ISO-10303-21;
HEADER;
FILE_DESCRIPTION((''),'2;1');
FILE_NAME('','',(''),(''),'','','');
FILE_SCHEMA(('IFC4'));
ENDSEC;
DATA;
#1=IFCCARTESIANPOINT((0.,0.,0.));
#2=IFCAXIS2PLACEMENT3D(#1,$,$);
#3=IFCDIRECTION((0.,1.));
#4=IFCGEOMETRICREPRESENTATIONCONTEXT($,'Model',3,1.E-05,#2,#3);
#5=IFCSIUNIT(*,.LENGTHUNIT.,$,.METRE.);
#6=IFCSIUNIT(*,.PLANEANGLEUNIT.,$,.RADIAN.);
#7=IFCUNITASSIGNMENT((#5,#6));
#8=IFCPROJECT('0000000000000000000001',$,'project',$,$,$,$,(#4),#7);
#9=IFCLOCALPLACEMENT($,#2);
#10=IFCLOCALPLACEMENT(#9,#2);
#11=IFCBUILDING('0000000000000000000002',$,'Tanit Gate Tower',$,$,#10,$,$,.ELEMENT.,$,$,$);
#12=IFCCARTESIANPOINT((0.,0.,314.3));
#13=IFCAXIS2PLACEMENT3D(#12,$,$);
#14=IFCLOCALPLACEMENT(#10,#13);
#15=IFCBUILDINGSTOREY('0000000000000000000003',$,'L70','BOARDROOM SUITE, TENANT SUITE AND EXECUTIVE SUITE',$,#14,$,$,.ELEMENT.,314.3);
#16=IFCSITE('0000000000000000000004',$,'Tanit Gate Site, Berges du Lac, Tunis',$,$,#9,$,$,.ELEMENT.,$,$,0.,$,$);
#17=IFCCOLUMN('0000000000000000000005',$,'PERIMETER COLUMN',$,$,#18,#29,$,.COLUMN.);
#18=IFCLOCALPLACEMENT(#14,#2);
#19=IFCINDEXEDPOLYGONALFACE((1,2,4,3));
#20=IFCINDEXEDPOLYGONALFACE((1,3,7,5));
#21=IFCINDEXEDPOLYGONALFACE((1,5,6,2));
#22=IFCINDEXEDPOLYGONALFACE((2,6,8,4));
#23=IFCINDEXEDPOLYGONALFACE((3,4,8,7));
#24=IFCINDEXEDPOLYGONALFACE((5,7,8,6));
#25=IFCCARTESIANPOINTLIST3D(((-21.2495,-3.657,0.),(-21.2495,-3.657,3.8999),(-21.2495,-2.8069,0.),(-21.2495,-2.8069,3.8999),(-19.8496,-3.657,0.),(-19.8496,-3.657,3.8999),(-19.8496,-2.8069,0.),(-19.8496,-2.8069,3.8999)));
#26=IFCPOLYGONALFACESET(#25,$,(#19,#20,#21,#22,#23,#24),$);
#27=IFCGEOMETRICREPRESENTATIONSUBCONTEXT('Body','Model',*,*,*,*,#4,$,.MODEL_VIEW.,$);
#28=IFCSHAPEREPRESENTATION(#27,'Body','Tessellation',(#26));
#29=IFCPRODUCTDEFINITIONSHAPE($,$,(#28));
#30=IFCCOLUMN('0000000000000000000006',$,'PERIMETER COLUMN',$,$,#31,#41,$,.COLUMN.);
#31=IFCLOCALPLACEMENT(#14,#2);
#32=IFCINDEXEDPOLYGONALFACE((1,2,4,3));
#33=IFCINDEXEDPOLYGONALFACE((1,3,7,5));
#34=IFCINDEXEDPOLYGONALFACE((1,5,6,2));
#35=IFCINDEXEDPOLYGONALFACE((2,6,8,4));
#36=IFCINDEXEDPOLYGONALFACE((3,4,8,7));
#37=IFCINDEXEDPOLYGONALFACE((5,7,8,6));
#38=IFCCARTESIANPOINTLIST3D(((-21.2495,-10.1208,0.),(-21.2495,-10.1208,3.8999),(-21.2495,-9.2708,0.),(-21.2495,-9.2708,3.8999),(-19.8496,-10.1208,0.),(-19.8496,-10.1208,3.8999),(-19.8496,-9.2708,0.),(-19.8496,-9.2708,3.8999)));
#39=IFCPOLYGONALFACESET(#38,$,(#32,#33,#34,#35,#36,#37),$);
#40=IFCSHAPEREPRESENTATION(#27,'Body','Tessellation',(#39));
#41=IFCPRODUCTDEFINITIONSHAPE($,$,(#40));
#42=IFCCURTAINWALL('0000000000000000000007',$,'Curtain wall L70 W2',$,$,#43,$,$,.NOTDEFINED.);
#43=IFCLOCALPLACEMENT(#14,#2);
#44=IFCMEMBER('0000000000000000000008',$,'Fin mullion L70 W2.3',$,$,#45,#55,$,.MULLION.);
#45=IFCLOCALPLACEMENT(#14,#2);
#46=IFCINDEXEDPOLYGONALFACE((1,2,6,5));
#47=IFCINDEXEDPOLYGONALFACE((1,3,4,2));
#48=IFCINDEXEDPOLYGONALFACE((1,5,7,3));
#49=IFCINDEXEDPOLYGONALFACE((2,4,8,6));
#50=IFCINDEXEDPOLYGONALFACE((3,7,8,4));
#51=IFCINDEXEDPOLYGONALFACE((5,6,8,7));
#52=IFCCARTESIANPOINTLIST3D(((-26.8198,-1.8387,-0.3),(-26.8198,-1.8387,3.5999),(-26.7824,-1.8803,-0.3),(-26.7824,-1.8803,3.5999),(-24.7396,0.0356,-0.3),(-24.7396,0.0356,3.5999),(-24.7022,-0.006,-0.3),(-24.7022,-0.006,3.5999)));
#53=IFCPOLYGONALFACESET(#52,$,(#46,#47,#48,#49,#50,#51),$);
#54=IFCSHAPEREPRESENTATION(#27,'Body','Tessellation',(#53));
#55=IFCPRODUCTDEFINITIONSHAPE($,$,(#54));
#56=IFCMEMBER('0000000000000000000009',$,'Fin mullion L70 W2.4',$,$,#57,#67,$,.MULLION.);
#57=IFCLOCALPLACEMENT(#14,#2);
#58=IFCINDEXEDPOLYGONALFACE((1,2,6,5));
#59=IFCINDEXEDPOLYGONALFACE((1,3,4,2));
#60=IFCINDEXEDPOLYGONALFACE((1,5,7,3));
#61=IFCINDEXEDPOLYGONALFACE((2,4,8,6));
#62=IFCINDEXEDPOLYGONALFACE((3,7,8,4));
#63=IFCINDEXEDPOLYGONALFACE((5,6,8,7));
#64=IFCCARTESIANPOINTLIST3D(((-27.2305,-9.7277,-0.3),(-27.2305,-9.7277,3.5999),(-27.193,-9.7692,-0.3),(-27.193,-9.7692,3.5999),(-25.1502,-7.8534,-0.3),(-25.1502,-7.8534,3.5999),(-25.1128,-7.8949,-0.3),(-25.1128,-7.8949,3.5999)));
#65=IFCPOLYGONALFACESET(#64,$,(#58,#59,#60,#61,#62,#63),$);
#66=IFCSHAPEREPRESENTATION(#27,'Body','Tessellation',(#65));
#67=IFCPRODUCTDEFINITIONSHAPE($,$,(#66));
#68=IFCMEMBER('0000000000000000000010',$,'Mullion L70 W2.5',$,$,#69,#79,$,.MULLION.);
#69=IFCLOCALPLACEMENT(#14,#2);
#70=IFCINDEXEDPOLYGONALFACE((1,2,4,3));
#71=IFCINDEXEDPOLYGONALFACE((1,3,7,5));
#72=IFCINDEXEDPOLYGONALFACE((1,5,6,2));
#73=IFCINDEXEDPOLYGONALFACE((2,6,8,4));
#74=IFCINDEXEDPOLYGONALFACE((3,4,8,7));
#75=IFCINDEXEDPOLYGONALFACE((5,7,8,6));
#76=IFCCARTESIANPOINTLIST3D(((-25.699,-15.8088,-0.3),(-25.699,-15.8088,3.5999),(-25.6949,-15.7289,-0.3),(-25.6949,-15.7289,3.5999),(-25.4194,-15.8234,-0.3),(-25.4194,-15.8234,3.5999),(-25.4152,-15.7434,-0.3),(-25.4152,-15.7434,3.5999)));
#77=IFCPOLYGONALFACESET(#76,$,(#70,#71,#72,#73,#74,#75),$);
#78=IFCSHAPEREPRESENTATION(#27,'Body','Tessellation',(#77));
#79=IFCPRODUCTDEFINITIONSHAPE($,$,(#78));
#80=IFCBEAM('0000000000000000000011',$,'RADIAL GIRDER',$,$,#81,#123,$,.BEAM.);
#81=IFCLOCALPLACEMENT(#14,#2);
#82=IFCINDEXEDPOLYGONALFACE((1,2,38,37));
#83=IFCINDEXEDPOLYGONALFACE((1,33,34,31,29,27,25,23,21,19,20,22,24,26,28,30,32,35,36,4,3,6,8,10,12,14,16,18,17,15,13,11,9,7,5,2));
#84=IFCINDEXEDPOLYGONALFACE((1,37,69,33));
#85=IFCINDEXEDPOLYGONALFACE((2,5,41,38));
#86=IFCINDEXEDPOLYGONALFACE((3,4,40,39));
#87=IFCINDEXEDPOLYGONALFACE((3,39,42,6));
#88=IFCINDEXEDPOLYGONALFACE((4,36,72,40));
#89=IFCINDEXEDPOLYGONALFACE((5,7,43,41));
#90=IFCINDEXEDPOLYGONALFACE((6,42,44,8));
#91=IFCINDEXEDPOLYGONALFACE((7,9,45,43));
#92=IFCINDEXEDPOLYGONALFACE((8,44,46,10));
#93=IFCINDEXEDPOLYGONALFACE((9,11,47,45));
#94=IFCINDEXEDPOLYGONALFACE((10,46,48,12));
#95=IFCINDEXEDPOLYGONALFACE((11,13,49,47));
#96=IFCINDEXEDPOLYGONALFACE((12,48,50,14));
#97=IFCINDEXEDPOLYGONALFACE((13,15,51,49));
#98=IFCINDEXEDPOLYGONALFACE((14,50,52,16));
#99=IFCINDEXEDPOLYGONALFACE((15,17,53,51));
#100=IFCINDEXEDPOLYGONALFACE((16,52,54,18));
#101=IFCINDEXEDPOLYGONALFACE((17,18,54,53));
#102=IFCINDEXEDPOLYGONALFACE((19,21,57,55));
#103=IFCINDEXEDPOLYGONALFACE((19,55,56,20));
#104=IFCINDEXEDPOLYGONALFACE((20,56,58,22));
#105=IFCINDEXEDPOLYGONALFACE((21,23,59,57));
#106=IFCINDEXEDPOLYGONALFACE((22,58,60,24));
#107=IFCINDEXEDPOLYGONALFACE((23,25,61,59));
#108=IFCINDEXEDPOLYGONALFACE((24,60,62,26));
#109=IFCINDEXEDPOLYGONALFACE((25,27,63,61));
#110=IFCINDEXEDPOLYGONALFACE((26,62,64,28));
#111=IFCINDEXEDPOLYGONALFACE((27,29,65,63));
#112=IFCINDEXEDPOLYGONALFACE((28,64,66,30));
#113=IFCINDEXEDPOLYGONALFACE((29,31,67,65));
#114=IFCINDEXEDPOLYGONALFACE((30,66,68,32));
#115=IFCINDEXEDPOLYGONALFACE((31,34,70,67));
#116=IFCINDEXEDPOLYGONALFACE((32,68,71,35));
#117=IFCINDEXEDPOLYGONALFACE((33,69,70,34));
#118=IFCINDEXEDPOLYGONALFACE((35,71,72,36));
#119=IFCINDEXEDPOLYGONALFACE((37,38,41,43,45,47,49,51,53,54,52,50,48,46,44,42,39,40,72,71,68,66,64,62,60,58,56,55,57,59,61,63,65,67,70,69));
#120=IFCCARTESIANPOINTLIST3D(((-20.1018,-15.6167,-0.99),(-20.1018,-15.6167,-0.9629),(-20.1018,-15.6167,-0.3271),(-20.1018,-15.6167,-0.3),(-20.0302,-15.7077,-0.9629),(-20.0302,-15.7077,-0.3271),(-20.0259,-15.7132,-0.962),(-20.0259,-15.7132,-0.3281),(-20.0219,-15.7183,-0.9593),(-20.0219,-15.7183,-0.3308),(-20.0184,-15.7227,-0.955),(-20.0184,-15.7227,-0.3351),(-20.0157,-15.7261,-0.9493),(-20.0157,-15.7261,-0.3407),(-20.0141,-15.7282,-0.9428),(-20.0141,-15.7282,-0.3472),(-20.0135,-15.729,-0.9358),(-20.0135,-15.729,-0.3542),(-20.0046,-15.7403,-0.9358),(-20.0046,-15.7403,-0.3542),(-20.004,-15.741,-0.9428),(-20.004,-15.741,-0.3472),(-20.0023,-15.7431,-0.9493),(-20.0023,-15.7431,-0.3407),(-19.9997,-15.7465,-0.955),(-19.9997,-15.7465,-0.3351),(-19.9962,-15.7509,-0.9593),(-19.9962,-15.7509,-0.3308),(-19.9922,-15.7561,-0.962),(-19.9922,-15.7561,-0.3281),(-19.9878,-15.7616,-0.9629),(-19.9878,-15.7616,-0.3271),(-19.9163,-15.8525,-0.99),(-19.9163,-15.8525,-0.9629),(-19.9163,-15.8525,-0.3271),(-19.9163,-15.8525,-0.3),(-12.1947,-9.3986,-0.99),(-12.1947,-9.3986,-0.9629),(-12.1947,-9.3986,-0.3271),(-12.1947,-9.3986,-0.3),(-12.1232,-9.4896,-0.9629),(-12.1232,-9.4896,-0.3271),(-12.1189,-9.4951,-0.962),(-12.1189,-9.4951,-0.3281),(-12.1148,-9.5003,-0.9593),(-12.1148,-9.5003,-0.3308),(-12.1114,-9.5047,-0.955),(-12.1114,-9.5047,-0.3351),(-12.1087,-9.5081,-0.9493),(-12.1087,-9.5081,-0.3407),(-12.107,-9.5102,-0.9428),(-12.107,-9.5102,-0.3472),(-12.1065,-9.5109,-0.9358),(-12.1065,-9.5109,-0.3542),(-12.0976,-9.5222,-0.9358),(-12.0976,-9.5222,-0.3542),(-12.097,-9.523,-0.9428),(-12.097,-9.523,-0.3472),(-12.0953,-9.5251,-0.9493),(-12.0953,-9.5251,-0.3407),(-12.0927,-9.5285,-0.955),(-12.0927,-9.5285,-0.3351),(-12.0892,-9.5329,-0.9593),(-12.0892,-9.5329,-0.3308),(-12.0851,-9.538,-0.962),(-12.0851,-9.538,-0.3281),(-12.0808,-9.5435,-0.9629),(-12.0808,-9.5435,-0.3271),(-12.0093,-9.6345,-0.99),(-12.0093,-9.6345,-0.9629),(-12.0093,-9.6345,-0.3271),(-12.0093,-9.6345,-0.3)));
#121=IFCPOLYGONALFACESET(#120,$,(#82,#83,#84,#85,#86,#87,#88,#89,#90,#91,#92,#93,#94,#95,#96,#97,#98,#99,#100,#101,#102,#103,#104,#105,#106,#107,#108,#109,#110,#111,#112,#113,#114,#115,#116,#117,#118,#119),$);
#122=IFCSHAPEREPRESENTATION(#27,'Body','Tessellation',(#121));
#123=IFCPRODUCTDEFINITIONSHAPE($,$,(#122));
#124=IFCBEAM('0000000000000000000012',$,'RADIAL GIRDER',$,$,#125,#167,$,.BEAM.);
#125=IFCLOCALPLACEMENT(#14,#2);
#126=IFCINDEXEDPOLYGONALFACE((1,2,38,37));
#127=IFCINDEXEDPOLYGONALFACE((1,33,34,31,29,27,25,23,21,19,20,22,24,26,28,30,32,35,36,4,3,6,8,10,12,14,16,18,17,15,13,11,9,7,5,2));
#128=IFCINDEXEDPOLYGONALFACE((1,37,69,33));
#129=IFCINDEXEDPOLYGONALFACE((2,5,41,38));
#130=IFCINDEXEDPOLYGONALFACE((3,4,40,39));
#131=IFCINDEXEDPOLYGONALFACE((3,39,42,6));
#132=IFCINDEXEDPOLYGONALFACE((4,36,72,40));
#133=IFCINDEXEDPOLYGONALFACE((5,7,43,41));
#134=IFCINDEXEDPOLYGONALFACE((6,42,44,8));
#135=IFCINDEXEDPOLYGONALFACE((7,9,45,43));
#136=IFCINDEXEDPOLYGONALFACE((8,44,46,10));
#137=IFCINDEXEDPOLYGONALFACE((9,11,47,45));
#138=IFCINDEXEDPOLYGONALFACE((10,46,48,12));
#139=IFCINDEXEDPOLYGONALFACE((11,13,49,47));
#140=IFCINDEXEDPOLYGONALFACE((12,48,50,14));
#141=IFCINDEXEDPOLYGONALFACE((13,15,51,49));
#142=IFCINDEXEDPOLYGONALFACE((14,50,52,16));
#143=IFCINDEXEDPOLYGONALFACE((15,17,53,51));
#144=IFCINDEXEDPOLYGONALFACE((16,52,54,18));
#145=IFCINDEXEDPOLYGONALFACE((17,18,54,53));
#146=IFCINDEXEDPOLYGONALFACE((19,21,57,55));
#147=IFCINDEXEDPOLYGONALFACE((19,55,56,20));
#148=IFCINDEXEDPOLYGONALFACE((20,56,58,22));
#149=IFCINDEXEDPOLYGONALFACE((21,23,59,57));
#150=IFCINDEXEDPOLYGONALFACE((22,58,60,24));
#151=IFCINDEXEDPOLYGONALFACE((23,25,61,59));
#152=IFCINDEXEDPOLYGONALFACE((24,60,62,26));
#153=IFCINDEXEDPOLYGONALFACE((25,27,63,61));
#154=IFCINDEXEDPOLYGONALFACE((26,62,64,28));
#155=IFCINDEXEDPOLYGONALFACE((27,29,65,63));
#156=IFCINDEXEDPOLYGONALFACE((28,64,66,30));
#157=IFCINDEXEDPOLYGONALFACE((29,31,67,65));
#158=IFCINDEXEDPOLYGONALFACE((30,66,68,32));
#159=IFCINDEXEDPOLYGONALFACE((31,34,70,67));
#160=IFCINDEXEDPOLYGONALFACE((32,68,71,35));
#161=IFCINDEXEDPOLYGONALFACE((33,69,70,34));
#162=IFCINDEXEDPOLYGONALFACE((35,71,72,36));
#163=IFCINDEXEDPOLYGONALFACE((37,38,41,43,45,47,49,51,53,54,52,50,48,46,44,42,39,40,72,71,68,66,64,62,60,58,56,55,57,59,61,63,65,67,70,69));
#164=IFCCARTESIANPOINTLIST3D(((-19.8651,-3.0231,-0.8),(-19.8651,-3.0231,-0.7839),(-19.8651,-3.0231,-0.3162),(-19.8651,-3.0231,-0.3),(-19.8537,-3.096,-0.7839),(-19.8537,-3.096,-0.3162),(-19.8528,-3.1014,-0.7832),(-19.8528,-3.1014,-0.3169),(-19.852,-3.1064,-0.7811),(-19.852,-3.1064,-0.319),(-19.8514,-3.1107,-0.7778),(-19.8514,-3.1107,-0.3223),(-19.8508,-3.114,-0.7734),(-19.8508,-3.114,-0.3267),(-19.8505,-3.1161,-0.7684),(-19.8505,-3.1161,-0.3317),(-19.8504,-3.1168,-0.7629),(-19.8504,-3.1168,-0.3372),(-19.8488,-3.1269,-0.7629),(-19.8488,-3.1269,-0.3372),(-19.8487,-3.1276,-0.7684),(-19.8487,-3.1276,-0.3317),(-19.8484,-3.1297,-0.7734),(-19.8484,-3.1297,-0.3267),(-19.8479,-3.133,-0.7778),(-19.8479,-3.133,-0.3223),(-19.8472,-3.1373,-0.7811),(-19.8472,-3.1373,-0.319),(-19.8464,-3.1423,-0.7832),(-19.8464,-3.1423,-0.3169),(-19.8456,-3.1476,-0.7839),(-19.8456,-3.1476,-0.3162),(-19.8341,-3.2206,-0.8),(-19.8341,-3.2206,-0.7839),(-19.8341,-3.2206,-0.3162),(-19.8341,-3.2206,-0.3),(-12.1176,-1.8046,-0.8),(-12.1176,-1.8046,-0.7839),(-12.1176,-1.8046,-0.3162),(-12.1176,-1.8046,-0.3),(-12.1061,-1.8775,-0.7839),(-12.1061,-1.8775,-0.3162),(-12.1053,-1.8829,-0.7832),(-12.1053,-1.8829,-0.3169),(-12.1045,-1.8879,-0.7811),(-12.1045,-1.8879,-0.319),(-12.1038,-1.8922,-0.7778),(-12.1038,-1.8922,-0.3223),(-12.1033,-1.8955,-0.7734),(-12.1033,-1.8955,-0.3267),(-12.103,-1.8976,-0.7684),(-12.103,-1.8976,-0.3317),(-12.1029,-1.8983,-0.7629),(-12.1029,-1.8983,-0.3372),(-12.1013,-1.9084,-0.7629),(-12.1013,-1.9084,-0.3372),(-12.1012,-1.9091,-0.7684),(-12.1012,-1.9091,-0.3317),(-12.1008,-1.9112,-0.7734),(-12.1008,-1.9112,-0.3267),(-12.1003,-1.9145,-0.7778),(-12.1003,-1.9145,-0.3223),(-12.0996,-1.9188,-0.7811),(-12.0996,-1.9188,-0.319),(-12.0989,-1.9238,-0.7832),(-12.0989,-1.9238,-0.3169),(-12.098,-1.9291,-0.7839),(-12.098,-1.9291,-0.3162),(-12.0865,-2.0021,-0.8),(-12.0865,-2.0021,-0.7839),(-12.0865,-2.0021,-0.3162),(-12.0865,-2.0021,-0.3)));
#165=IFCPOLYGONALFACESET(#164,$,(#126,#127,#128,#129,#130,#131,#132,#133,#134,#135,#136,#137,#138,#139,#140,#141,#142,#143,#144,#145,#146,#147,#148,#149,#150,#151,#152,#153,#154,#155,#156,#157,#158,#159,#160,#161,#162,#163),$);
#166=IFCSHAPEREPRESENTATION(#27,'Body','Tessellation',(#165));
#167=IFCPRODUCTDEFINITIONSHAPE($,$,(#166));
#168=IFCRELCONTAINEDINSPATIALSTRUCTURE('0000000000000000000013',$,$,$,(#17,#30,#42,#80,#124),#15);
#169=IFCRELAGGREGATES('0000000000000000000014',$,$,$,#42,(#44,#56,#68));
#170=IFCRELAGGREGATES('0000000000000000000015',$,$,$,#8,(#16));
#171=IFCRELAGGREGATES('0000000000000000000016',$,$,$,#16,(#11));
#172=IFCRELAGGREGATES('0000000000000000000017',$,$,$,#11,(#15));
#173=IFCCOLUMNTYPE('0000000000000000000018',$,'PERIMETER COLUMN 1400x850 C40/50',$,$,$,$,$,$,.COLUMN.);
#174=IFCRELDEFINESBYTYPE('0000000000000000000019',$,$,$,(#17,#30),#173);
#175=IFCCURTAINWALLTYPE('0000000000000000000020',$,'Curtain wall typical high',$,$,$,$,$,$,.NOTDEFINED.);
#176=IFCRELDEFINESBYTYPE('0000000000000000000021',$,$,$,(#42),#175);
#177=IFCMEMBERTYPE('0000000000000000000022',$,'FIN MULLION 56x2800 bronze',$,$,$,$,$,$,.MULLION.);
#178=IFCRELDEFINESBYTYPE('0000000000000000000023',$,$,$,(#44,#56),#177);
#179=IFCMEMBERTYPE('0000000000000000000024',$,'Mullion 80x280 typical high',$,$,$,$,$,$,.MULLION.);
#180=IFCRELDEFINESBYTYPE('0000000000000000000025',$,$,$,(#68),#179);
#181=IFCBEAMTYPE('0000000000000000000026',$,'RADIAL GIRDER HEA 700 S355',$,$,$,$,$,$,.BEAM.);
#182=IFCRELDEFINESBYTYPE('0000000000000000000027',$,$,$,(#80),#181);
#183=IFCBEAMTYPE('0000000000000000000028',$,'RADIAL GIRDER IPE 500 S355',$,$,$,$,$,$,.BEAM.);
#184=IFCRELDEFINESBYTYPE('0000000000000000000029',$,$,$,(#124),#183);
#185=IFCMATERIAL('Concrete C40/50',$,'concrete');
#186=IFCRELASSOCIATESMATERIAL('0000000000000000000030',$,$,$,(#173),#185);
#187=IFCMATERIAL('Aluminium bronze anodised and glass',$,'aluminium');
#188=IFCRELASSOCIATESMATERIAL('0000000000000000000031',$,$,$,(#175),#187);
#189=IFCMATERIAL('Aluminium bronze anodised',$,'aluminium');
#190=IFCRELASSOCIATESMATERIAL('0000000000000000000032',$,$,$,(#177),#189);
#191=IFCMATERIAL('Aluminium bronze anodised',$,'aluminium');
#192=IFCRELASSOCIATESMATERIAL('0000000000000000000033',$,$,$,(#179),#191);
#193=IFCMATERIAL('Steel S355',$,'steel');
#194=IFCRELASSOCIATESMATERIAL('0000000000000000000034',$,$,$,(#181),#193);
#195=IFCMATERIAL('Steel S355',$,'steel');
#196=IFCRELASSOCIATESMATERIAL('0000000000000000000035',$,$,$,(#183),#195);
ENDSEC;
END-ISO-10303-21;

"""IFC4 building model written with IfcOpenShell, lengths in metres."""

from ifc_helpers import new_model, si_unit, direction, frame, origin, origin_2d, place, context, subcontext, project, spatial, rectangle, i_section, extrude, material, material_profile, profile_set, type_object, element, aggregate, save


model = new_model("IFC4")

# Units and contexts
model_context = context("Model", 3, precision=1e-05, world=origin(), true_north=direction((0.0, 1.0)))
body_context = subcontext(model_context, "Body", "Model", "MODEL_VIEW")
ifc_project = project(units=[si_unit("LENGTHUNIT", "METRE"), si_unit("PLANEANGLEUNIT", "RADIAN")], contexts=[model_context])

# Site, building, storey
site_placement = place(None, origin())
site = spatial("IfcSite", under=ifc_project, at=site_placement, Name="Tanit Gate Site, Berges du Lac, Tunis", CompositionType="ELEMENT", RefElevation=0.0)
building_placement = place(site_placement, origin())
building = spatial("IfcBuilding", under=site, at=building_placement, Name="Tanit Gate Tower", CompositionType="ELEMENT")
storey_placement = place(building_placement, frame((0.0, 0.0, 314.3)))
storey = spatial("IfcBuildingStorey", under=building, at=storey_placement, Name="L70", Description="BOARDROOM SUITE, TENANT SUITE AND EXECUTIVE SUITE", CompositionType="ELEMENT", Elevation=314.3)

# Columns
ifc_material_1 = material(Name="Concrete C40/50", Category="concrete")
ifc_material_profile_1 = material_profile(ifc_material_1, rectangle(XDim=1.3999, YDim=0.8501, at=origin_2d()), Name="RC 1400x850")
ifc_profile_set_1 = profile_set([ifc_material_profile_1], Name="Concrete C40/50")
column_type = type_object("IfcColumnType", Name="PERIMETER COLUMN 1400x850 C40/50", PredefinedType="COLUMN", material=ifc_profile_set_1)
for number, where, z_axis, x_axis, name in (
    (1, (-20.5496, -3.2319, 0.0), (0.0, 0.0, 1.0), (-1.0, 0.0, 0.0), "PERIMETER COLUMN"),
    (2, (-20.5496, -9.6958, 0.0), (0.0, 0.0, 1.0), (-1.0, 0.0, 0.0), "PERIMETER COLUMN"),
):
    element("IfcColumn", number, at=place(storey_placement, frame(where, z_axis=z_axis, x_axis=x_axis)), inside=storey, type_object=column_type, Name=name, PredefinedType="COLUMN", context=body_context, shape_type="SweptSolid", body=[
        extrude(rectangle(XDim=1.3999, YDim=0.8501, at=origin_2d()), origin(), (0.0, 0.0, 1.0), 3.8999),
    ])

# Curtain wall, members
ifc_material_2 = material(Name="Aluminium bronze anodised and glass", Category="aluminium")
curtain_wall_type = type_object("IfcCurtainWallType", Name="Curtain wall typical high", PredefinedType="NOTDEFINED", material=ifc_material_2)
curtain_wall_1_placement = place(storey_placement, origin())
curtain_wall_1 = element("IfcCurtainWall", 3, at=curtain_wall_1_placement, inside=storey, type_object=curtain_wall_type, Name="Curtain wall L70 W2", PredefinedType="NOTDEFINED")
ifc_material_3 = material(Name="Aluminium bronze anodised", Category="aluminium")
ifc_material_profile_2 = material_profile(ifc_material_3, rectangle(XDim=2.8, YDim=0.0559, at=origin_2d()), Name="56x2800 bronze fin mullion")
ifc_profile_set_2 = profile_set([ifc_material_profile_2], Name="Aluminium bronze anodised")
member_type_1 = type_object("IfcMemberType", Name="FIN MULLION 56x2800 bronze", PredefinedType="MULLION", material=ifc_profile_set_2)
member_1_placement = place(storey_placement, frame((-25.761, -0.9224, -0.3), z_axis=(0.0, 0.0, 1.0), x_axis=(0.742922, 0.669378, 0.0)))
member_1 = element("IfcMember", 4, at=member_1_placement, type_object=member_type_1, Name="Fin mullion L70 W2.3", PredefinedType="MULLION", context=body_context, shape_type="SweptSolid", body=[
    extrude(rectangle(XDim=2.8, YDim=0.0559, at=origin_2d()), origin(), (0.0, 0.0, 1.0), 3.8999),
])
member_2_placement = place(storey_placement, frame((-26.1716, -8.8113, -0.3), z_axis=(0.0, 0.0, 1.0), x_axis=(0.742922, 0.669378, 0.0)))
member_2 = element("IfcMember", 5, at=member_2_placement, type_object=member_type_1, Name="Fin mullion L70 W2.4", PredefinedType="MULLION", context=body_context, shape_type="SweptSolid", body=[
    extrude(rectangle(XDim=2.8, YDim=0.0559, at=origin_2d()), origin(), (0.0, 0.0, 1.0), 3.8999),
])
ifc_material_4 = material(Name="Aluminium bronze anodised", Category="aluminium")
ifc_material_profile_3 = material_profile(ifc_material_4, rectangle(XDim=0.28, YDim=0.0801, at=origin_2d()), Name="80x280 bronze mullion")
ifc_profile_set_3 = profile_set([ifc_material_profile_3], Name="Aluminium bronze anodised")
member_type_2 = type_object("IfcMemberType", Name="Mullion 80x280 typical high", PredefinedType="MULLION", material=ifc_profile_set_3)
member_3_placement = place(storey_placement, frame((-25.5571, -15.7761, -0.3), z_axis=(0.0, 0.0, 1.0), x_axis=(0.998647, -0.052003, 0.0)))
member_3 = element("IfcMember", 6, at=member_3_placement, type_object=member_type_2, Name="Mullion L70 W2.5", PredefinedType="MULLION", context=body_context, shape_type="SweptSolid", body=[
    extrude(rectangle(XDim=0.28, YDim=0.0801, at=origin_2d()), origin(), (0.0, 0.0, 1.0), 3.8999),
])

# Beams
ifc_material_5 = material(Name="Steel S355", Category="steel")
ifc_material_profile_4 = material_profile(ifc_material_5, i_section(OverallWidth=0.3, OverallDepth=0.6899, WebThickness=0.0144, FlangeThickness=0.0271, FilletRadius=0.0271, at=origin_2d()), Name="HEA 700")
ifc_profile_set_4 = profile_set([ifc_material_profile_4], Name="Steel S355")
beam_type_1 = type_object("IfcBeamType", Name="RADIAL GIRDER HEA 700 S355", PredefinedType="BEAM", material=ifc_profile_set_4)
beam_1_placement = place(storey_placement, frame((-20.009, -15.7346, -0.645), z_axis=(0.786058, 0.618153, 0.0), x_axis=(-0.618153, 0.786058, 0.0)))
element("IfcBeam", 7, at=beam_1_placement, inside=storey, type_object=beam_type_1, Name="RADIAL GIRDER", PredefinedType="BEAM", context=body_context, shape_type="SweptSolid", body=[
    extrude(i_section(OverallWidth=0.3, OverallDepth=0.6899, WebThickness=0.0144, FlangeThickness=0.0271, FilletRadius=0.0271, at=origin_2d()), origin(), (0.0, 0.0, 1.0), 10.0591),
])
ifc_material_6 = material(Name="Steel S355", Category="steel")
ifc_material_profile_5 = material_profile(ifc_material_6, i_section(OverallWidth=0.2, OverallDepth=0.5, WebThickness=0.0103, FlangeThickness=0.0161, FilletRadius=0.021, at=origin_2d()), Name="IPE 500")
ifc_profile_set_5 = profile_set([ifc_material_profile_5], Name="Steel S355")
beam_type_2 = type_object("IfcBeamType", Name="RADIAL GIRDER IPE 500 S355", PredefinedType="BEAM", material=ifc_profile_set_5)
beam_2_placement = place(storey_placement, frame((-19.8496, -3.1218, -0.55), z_axis=(0.987857, 0.155366, 0.0), x_axis=(-0.155366, 0.987857, 0.0)))
element("IfcBeam", 8, at=beam_2_placement, inside=storey, type_object=beam_type_2, Name="RADIAL GIRDER", PredefinedType="BEAM", context=body_context, shape_type="SweptSolid", body=[
    extrude(i_section(OverallWidth=0.2, OverallDepth=0.5, WebThickness=0.0103, FlangeThickness=0.0161, FilletRadius=0.021, at=origin_2d()), origin(), (0.0, 0.0, 1.0), 7.8428),
])

aggregate(curtain_wall_1, [member_1, member_2, member_3])

save(model, "model.ifc")
